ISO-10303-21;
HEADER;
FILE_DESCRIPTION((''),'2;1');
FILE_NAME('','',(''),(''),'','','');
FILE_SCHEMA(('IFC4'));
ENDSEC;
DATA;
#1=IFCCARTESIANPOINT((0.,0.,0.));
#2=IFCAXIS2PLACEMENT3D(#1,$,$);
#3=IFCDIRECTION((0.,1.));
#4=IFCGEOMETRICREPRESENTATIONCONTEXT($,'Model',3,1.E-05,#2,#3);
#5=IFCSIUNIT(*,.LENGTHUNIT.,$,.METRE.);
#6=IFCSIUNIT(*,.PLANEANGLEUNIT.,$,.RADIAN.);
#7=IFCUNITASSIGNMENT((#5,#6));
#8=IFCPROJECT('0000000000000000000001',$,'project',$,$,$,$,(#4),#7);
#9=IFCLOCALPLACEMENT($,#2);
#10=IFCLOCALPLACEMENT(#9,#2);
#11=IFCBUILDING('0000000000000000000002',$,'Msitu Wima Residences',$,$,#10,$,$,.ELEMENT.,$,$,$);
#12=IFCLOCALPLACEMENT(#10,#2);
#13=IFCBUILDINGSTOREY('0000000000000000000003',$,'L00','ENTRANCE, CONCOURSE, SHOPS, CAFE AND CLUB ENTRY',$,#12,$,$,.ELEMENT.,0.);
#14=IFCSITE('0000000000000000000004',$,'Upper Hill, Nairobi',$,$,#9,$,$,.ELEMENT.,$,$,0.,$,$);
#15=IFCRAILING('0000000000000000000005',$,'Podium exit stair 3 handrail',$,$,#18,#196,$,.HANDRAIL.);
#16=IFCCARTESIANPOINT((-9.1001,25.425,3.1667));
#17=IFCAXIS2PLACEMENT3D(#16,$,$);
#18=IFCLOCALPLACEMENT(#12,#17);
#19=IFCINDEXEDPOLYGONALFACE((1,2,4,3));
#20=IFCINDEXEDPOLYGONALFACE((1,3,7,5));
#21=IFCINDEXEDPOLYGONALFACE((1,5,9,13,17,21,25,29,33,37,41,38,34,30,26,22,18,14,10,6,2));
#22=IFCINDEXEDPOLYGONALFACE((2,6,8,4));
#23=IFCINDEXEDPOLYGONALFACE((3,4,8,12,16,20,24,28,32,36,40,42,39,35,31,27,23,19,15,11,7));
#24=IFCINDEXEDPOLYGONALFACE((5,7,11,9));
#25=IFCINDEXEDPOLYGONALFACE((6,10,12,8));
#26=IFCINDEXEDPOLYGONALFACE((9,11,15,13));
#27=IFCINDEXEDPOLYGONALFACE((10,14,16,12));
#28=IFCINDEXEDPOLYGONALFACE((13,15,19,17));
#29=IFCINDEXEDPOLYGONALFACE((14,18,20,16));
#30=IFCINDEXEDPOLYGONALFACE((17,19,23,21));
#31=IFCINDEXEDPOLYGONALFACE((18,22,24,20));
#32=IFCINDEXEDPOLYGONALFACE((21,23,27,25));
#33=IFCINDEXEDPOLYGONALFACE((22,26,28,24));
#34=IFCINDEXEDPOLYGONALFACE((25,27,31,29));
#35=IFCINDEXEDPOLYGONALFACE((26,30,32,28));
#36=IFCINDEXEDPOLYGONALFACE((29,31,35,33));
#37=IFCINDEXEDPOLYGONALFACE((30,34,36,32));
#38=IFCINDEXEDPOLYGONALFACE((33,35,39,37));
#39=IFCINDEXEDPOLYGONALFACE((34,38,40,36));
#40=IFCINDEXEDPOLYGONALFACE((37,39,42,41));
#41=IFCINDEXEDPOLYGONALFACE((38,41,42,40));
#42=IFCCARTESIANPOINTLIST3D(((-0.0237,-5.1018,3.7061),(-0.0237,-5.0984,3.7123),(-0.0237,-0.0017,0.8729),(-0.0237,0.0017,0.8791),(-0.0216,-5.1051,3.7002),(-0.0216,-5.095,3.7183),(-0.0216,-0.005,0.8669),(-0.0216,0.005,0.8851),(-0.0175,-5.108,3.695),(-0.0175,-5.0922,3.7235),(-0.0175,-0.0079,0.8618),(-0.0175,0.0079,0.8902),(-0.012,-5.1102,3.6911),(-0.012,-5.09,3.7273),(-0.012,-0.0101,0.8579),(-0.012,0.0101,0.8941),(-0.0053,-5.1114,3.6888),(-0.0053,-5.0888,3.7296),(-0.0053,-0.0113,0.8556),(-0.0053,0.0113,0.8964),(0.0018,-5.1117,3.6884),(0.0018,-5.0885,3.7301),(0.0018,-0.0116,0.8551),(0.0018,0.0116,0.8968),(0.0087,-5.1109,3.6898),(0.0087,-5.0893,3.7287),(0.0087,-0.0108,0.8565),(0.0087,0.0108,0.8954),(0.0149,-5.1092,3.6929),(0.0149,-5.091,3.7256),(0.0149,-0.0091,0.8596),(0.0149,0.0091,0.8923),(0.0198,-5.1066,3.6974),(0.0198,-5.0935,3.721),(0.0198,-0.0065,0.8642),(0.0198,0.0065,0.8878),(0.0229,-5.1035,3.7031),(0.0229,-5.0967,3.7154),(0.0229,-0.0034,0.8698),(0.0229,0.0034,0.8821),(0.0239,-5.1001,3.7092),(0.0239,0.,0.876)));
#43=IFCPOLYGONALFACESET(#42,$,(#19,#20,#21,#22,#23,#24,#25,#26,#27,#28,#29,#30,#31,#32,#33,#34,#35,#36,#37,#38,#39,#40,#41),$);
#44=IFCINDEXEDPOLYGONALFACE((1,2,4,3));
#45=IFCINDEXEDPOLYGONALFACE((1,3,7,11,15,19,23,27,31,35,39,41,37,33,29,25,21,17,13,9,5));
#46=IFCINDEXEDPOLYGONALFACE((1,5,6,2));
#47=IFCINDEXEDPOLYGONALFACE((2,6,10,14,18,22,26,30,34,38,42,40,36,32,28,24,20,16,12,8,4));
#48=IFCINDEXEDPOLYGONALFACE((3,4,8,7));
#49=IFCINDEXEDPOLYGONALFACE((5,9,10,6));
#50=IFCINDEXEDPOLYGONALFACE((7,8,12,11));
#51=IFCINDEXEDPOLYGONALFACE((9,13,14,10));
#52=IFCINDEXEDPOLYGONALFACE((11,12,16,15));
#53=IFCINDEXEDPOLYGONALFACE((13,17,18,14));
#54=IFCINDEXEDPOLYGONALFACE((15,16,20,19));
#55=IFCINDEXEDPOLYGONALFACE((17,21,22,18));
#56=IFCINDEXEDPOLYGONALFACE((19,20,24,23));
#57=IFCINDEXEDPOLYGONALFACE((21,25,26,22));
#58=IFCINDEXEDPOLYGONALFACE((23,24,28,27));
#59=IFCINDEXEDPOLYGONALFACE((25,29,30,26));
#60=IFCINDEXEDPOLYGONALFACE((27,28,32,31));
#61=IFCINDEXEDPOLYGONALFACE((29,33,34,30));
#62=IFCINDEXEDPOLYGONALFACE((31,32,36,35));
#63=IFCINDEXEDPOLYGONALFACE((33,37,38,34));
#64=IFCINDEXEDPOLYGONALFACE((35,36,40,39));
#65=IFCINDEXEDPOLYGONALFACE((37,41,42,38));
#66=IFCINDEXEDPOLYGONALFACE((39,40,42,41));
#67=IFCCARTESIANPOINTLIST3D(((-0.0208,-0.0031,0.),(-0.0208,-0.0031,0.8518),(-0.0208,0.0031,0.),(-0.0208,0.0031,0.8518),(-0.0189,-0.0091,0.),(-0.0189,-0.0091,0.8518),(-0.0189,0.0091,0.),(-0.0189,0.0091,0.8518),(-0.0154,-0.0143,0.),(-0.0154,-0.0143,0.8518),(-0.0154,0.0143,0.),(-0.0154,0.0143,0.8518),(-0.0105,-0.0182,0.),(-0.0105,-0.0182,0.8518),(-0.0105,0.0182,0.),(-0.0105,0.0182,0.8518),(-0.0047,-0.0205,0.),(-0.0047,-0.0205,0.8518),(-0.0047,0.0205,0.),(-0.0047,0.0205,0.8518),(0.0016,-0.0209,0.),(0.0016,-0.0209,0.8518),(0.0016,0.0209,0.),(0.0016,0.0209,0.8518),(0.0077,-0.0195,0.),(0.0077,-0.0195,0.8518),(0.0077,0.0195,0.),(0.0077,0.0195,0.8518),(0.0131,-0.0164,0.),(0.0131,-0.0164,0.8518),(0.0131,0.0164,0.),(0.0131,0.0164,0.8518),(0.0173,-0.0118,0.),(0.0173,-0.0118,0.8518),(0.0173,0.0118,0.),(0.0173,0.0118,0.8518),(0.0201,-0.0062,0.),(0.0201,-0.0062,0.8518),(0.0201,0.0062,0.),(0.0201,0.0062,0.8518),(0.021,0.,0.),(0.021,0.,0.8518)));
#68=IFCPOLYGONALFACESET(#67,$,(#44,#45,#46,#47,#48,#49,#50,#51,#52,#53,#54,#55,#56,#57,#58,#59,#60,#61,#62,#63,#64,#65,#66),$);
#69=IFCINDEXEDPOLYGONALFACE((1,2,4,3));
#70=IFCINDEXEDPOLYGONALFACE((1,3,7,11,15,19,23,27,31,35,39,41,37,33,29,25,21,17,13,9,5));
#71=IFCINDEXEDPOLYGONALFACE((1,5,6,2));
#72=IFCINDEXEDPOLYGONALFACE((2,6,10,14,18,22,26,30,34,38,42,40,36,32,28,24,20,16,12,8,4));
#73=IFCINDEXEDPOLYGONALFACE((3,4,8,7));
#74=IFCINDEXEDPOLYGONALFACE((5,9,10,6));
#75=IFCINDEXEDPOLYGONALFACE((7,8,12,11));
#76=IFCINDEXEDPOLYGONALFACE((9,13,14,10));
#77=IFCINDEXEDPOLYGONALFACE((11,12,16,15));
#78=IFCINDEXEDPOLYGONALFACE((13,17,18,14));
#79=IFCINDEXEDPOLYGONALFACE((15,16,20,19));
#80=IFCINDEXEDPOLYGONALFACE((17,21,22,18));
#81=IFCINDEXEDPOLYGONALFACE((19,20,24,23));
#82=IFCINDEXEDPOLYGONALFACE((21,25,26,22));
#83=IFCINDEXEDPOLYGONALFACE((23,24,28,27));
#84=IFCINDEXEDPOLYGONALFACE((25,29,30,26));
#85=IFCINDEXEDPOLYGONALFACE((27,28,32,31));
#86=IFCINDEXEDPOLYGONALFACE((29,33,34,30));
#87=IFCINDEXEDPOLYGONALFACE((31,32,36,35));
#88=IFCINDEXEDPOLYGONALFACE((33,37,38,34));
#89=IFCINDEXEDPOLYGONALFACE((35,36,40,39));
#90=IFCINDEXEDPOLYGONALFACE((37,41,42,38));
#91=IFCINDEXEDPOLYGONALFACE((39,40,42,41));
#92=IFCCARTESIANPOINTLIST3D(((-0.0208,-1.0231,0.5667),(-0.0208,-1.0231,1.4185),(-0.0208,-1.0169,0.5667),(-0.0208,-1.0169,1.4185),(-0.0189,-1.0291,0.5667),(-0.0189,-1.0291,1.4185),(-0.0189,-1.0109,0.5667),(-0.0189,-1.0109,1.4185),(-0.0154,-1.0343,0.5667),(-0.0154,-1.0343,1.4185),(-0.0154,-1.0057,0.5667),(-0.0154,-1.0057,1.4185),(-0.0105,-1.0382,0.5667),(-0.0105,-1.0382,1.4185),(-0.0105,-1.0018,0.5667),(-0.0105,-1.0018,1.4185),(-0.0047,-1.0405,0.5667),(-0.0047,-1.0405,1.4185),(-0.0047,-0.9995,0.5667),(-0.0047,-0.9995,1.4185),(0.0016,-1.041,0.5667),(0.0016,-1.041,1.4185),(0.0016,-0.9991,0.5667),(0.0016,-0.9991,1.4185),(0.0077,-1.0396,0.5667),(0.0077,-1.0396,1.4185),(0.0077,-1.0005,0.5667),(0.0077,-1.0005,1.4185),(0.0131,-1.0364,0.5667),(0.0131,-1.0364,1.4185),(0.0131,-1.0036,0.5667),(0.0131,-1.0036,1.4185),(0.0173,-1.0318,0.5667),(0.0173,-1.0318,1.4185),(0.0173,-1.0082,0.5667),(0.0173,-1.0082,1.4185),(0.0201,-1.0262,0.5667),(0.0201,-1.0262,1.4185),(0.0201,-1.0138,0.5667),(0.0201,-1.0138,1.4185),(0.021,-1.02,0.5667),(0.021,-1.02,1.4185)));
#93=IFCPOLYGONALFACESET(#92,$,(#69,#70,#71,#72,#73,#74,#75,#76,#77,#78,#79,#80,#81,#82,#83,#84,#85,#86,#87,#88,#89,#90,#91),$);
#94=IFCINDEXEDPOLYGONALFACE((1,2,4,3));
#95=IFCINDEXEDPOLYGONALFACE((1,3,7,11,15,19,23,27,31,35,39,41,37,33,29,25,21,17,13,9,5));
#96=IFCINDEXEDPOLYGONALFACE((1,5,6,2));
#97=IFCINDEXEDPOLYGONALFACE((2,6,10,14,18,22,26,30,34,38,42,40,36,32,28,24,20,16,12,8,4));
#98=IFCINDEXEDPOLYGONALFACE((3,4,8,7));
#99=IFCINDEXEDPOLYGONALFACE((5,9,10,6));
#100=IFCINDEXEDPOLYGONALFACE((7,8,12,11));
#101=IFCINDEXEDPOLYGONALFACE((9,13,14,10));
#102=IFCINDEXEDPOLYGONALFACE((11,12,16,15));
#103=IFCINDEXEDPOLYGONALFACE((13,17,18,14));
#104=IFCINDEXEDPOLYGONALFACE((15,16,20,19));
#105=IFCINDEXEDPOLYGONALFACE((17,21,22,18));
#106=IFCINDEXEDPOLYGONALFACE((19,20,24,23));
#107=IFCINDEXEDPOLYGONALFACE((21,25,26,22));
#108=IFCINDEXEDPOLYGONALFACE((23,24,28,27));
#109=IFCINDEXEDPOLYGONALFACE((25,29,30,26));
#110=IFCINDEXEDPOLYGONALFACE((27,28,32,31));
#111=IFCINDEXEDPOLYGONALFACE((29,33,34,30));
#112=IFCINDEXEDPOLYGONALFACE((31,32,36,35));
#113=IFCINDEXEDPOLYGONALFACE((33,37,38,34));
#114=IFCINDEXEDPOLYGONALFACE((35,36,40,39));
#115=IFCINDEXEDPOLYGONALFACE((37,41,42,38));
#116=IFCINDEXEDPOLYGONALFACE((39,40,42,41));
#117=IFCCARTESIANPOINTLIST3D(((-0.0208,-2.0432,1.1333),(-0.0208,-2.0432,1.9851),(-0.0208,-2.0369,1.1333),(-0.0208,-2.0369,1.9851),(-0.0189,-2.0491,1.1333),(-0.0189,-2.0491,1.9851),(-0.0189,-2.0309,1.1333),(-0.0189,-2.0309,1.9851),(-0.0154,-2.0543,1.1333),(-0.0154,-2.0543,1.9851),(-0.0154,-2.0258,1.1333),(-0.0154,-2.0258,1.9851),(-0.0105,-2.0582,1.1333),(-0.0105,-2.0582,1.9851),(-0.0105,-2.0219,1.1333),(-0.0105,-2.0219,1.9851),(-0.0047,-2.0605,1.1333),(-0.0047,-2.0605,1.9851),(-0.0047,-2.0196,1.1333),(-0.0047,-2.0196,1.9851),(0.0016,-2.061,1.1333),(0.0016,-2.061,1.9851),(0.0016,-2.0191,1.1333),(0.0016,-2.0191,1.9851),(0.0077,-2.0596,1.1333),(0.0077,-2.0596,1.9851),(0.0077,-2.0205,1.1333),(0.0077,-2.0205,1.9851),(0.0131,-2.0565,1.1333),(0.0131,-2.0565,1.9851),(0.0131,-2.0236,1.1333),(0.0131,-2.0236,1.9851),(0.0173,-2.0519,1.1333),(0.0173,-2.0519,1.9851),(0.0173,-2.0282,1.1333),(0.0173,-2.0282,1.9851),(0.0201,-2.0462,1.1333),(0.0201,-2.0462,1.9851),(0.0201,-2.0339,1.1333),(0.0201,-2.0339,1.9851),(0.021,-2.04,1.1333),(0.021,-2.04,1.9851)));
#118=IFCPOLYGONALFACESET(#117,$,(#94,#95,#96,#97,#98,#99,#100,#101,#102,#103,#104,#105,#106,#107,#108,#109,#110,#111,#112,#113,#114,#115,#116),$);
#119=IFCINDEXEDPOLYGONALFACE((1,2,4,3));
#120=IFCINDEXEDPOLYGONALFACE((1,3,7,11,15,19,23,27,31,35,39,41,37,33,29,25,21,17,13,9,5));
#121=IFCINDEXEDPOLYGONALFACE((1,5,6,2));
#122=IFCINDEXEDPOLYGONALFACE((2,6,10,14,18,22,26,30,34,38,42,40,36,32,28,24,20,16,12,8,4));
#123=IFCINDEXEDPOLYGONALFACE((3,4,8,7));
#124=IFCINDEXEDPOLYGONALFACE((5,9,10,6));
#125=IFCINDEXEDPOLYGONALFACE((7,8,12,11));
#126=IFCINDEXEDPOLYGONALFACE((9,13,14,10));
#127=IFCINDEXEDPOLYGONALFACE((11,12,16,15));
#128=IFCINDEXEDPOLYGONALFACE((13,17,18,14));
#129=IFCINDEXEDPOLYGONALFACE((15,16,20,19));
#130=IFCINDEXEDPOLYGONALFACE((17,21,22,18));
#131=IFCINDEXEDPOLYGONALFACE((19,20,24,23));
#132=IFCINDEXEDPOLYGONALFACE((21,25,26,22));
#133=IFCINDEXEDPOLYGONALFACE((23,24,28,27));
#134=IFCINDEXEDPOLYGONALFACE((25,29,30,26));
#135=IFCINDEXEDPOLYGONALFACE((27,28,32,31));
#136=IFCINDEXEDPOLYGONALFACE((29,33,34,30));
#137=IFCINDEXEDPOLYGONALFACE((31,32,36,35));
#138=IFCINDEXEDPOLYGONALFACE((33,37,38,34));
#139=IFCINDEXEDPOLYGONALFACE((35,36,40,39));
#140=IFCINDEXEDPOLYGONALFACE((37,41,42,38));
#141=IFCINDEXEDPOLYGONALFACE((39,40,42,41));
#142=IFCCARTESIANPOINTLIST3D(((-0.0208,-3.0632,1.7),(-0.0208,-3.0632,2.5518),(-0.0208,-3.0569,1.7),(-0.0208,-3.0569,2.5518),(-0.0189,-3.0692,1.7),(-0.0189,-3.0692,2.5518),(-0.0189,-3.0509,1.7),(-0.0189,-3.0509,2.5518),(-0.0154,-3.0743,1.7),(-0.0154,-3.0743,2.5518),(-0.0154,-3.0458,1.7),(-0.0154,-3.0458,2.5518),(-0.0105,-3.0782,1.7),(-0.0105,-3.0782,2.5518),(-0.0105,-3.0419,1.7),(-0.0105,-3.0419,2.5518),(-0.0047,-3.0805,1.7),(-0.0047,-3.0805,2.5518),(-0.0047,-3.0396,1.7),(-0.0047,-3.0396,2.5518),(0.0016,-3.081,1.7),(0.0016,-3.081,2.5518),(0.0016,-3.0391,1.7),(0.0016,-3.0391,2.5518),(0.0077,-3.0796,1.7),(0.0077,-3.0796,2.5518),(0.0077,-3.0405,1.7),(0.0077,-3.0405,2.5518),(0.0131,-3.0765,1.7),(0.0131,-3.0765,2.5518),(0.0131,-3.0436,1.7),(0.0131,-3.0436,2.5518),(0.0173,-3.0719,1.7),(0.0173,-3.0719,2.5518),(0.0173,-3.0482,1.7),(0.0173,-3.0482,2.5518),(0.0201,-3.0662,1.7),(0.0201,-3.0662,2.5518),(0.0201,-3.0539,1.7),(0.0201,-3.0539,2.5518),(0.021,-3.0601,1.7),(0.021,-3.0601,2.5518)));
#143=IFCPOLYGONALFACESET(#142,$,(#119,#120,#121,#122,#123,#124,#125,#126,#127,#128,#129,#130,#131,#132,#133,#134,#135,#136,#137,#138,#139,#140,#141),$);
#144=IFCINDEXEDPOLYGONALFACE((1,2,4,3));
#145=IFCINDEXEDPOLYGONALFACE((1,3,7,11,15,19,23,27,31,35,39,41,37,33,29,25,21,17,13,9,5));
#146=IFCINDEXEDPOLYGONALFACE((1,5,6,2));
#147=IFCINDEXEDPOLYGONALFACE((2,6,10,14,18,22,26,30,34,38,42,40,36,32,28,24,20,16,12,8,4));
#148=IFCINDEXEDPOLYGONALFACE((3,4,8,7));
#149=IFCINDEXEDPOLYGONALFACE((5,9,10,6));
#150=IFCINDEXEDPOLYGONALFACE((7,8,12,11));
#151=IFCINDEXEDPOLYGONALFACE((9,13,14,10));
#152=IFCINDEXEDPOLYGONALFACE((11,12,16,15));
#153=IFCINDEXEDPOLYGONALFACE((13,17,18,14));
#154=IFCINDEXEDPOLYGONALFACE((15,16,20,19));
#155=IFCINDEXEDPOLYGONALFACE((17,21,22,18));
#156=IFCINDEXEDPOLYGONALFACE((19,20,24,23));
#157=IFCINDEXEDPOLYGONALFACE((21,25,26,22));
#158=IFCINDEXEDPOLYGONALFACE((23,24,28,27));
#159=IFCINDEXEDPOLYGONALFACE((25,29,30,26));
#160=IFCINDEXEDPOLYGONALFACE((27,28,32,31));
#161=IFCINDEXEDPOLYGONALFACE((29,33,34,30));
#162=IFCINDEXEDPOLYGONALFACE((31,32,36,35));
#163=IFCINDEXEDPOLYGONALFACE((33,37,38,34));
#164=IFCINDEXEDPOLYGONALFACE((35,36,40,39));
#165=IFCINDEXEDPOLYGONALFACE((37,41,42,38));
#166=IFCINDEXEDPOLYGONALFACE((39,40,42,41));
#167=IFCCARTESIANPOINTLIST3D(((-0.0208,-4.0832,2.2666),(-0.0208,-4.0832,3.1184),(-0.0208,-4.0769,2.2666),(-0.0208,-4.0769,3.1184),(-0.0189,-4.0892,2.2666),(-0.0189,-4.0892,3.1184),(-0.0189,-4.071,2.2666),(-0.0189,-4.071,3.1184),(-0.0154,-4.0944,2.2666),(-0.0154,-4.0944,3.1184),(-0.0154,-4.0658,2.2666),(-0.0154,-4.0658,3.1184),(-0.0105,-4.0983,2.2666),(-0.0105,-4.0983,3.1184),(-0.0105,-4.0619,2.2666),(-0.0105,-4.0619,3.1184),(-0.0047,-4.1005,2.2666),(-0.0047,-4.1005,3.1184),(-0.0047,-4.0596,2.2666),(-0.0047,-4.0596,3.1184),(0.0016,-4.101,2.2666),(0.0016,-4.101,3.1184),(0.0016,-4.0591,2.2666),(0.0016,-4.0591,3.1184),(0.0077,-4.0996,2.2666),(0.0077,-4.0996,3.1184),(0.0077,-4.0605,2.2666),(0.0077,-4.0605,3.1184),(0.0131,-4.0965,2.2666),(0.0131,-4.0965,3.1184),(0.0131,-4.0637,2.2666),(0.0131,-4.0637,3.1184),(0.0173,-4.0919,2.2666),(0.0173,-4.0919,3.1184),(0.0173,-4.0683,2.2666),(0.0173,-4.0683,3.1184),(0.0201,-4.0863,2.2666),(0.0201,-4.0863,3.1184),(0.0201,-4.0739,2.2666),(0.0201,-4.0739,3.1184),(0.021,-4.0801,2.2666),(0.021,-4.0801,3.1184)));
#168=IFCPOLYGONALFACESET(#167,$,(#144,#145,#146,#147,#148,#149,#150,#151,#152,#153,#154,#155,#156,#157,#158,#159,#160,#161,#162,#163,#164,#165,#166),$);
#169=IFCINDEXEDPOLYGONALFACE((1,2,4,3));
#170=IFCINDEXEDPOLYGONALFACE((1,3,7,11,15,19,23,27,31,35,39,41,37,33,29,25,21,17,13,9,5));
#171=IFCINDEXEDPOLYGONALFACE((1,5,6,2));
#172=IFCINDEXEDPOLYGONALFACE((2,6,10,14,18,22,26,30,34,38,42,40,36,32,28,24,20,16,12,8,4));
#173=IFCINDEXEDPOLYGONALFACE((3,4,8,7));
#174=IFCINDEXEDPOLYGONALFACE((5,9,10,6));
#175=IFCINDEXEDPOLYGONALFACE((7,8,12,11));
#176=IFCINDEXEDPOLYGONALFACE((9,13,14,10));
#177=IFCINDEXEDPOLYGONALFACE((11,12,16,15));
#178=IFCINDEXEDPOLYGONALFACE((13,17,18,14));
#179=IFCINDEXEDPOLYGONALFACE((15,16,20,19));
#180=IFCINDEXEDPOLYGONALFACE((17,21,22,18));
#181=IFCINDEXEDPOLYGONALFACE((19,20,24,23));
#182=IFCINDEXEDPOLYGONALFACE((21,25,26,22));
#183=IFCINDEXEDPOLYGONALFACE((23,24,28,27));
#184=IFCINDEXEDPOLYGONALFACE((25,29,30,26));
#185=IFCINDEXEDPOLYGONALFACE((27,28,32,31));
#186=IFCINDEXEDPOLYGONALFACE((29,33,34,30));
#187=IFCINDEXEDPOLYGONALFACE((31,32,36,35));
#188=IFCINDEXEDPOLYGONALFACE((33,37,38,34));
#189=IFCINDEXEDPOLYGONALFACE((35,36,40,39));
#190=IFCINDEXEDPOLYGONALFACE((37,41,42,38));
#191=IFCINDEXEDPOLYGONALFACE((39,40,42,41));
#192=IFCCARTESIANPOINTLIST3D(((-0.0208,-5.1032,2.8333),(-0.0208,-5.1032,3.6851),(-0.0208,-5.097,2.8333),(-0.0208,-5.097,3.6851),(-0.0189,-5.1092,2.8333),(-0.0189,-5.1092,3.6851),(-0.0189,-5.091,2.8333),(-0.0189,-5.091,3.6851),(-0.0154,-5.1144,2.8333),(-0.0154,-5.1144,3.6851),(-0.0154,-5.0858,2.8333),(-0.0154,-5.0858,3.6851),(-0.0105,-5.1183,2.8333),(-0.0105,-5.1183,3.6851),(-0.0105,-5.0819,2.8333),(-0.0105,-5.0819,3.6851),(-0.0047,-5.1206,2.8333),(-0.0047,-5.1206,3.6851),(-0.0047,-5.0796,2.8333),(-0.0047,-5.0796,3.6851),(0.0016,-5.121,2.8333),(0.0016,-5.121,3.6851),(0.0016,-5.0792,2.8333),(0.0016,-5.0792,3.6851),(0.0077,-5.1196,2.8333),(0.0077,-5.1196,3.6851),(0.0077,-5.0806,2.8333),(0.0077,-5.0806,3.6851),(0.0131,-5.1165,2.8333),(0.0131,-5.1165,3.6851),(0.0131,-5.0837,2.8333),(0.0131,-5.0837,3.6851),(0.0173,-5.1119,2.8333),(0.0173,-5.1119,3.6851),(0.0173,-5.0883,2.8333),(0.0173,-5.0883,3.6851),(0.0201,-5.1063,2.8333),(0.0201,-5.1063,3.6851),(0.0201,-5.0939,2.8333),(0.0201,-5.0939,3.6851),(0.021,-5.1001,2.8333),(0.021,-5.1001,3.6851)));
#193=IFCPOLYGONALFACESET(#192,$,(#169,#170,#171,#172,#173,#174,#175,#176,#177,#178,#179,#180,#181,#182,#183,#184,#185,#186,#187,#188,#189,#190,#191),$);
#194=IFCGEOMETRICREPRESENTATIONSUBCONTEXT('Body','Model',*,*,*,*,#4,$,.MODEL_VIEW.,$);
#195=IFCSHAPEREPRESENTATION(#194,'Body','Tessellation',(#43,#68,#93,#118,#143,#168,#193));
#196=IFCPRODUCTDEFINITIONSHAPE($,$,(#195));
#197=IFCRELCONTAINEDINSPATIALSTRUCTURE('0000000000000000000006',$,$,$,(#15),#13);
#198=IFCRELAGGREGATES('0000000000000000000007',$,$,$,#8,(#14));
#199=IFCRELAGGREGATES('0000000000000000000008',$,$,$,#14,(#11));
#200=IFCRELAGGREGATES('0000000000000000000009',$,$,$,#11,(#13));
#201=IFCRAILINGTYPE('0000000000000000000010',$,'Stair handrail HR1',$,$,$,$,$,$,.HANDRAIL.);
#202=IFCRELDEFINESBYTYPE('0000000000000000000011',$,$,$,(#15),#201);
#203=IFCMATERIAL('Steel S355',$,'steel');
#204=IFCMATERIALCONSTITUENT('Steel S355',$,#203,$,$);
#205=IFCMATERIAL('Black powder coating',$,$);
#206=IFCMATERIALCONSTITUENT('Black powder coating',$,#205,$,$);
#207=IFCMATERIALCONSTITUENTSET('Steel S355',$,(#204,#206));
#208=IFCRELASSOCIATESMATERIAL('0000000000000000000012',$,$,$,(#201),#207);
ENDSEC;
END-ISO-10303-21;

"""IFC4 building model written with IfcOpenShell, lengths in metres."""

from ifc_helpers import new_model, si_unit, direction, frame, origin, origin_2d, place, context, subcontext, project, spatial, circle, extrude, material, constituent, constituent_set, type_object, element, save


model = new_model("IFC4")

# Units and contexts
model_context = context("Model", 3, precision=1e-05, world=origin(), true_north=direction((0.0, 1.0)))
body_context = subcontext(model_context, "Body", "Model", "MODEL_VIEW")
ifc_project = project(units=[si_unit("LENGTHUNIT", "METRE"), si_unit("PLANEANGLEUNIT", "RADIAN")], contexts=[model_context])

# Site, building, storey
site_placement = place(None, origin())
site = spatial("IfcSite", under=ifc_project, at=site_placement, Name="Upper Hill, Nairobi", CompositionType="ELEMENT", RefElevation=0.0)
building_placement = place(site_placement, origin())
building = spatial("IfcBuilding", under=site, at=building_placement, Name="Msitu Wima Residences", CompositionType="ELEMENT")
storey_placement = place(building_placement, origin())
storey = spatial("IfcBuildingStorey", under=building, at=storey_placement, Name="L00", Description="ENTRANCE, CONCOURSE, SHOPS, CAFE AND CLUB ENTRY", CompositionType="ELEMENT", Elevation=0.0)

# Railing
ifc_material_1 = material(Name="Steel S355", Category="steel")
ifc_constituent_1 = constituent(ifc_material_1, Name="Steel S355")
ifc_material_2 = material(Name="Black powder coating")
ifc_constituent_2 = constituent(ifc_material_2, Name="Black powder coating")
ifc_constituent_set = constituent_set(constituents=[ifc_constituent_1, ifc_constituent_2], Name="Steel S355")
railing_type = type_object("IfcRailingType", Name="Stair handrail HR1", PredefinedType="HANDRAIL", material=ifc_constituent_set)
for number, where, name in (
    (1, (-9.1001, 25.425, 3.1667), "Podium exit stair 3 handrail"),
):
    element("IfcRailing", number, at=place(storey_placement, frame(where)), inside=storey, type_object=railing_type, Name=name, PredefinedType="HANDRAIL", context=body_context, shape_type="SweptSolid", body=[
        extrude(circle(Radius=0.0239, at=origin_2d()), frame((0.0, 0.0, 0.876), z_axis=(0.0, -0.874167, 0.485625), x_axis=(1.0, 0.0, 0.0)), (0.0, 0.0, 1.0), 5.8342),
        extrude(circle(Radius=0.021, at=origin_2d()), origin(), (0.0, 0.0, 1.0), 0.8518),
        extrude(circle(Radius=0.021, at=origin_2d()), frame((0.0, -1.02, 0.5667)), (0.0, 0.0, 1.0), 0.8518),
        extrude(circle(Radius=0.021, at=origin_2d()), frame((0.0, -2.04, 1.1333)), (0.0, 0.0, 1.0), 0.8518),
        extrude(circle(Radius=0.021, at=origin_2d()), frame((0.0, -3.0601, 1.7)), (0.0, 0.0, 1.0), 0.8518),
        extrude(circle(Radius=0.021, at=origin_2d()), frame((0.0, -4.0801, 2.2666)), (0.0, 0.0, 1.0), 0.8518),
        extrude(circle(Radius=0.021, at=origin_2d()), frame((0.0, -5.1001, 2.8333)), (0.0, 0.0, 1.0), 0.8518),
    ])

save(model, "model.ifc")
